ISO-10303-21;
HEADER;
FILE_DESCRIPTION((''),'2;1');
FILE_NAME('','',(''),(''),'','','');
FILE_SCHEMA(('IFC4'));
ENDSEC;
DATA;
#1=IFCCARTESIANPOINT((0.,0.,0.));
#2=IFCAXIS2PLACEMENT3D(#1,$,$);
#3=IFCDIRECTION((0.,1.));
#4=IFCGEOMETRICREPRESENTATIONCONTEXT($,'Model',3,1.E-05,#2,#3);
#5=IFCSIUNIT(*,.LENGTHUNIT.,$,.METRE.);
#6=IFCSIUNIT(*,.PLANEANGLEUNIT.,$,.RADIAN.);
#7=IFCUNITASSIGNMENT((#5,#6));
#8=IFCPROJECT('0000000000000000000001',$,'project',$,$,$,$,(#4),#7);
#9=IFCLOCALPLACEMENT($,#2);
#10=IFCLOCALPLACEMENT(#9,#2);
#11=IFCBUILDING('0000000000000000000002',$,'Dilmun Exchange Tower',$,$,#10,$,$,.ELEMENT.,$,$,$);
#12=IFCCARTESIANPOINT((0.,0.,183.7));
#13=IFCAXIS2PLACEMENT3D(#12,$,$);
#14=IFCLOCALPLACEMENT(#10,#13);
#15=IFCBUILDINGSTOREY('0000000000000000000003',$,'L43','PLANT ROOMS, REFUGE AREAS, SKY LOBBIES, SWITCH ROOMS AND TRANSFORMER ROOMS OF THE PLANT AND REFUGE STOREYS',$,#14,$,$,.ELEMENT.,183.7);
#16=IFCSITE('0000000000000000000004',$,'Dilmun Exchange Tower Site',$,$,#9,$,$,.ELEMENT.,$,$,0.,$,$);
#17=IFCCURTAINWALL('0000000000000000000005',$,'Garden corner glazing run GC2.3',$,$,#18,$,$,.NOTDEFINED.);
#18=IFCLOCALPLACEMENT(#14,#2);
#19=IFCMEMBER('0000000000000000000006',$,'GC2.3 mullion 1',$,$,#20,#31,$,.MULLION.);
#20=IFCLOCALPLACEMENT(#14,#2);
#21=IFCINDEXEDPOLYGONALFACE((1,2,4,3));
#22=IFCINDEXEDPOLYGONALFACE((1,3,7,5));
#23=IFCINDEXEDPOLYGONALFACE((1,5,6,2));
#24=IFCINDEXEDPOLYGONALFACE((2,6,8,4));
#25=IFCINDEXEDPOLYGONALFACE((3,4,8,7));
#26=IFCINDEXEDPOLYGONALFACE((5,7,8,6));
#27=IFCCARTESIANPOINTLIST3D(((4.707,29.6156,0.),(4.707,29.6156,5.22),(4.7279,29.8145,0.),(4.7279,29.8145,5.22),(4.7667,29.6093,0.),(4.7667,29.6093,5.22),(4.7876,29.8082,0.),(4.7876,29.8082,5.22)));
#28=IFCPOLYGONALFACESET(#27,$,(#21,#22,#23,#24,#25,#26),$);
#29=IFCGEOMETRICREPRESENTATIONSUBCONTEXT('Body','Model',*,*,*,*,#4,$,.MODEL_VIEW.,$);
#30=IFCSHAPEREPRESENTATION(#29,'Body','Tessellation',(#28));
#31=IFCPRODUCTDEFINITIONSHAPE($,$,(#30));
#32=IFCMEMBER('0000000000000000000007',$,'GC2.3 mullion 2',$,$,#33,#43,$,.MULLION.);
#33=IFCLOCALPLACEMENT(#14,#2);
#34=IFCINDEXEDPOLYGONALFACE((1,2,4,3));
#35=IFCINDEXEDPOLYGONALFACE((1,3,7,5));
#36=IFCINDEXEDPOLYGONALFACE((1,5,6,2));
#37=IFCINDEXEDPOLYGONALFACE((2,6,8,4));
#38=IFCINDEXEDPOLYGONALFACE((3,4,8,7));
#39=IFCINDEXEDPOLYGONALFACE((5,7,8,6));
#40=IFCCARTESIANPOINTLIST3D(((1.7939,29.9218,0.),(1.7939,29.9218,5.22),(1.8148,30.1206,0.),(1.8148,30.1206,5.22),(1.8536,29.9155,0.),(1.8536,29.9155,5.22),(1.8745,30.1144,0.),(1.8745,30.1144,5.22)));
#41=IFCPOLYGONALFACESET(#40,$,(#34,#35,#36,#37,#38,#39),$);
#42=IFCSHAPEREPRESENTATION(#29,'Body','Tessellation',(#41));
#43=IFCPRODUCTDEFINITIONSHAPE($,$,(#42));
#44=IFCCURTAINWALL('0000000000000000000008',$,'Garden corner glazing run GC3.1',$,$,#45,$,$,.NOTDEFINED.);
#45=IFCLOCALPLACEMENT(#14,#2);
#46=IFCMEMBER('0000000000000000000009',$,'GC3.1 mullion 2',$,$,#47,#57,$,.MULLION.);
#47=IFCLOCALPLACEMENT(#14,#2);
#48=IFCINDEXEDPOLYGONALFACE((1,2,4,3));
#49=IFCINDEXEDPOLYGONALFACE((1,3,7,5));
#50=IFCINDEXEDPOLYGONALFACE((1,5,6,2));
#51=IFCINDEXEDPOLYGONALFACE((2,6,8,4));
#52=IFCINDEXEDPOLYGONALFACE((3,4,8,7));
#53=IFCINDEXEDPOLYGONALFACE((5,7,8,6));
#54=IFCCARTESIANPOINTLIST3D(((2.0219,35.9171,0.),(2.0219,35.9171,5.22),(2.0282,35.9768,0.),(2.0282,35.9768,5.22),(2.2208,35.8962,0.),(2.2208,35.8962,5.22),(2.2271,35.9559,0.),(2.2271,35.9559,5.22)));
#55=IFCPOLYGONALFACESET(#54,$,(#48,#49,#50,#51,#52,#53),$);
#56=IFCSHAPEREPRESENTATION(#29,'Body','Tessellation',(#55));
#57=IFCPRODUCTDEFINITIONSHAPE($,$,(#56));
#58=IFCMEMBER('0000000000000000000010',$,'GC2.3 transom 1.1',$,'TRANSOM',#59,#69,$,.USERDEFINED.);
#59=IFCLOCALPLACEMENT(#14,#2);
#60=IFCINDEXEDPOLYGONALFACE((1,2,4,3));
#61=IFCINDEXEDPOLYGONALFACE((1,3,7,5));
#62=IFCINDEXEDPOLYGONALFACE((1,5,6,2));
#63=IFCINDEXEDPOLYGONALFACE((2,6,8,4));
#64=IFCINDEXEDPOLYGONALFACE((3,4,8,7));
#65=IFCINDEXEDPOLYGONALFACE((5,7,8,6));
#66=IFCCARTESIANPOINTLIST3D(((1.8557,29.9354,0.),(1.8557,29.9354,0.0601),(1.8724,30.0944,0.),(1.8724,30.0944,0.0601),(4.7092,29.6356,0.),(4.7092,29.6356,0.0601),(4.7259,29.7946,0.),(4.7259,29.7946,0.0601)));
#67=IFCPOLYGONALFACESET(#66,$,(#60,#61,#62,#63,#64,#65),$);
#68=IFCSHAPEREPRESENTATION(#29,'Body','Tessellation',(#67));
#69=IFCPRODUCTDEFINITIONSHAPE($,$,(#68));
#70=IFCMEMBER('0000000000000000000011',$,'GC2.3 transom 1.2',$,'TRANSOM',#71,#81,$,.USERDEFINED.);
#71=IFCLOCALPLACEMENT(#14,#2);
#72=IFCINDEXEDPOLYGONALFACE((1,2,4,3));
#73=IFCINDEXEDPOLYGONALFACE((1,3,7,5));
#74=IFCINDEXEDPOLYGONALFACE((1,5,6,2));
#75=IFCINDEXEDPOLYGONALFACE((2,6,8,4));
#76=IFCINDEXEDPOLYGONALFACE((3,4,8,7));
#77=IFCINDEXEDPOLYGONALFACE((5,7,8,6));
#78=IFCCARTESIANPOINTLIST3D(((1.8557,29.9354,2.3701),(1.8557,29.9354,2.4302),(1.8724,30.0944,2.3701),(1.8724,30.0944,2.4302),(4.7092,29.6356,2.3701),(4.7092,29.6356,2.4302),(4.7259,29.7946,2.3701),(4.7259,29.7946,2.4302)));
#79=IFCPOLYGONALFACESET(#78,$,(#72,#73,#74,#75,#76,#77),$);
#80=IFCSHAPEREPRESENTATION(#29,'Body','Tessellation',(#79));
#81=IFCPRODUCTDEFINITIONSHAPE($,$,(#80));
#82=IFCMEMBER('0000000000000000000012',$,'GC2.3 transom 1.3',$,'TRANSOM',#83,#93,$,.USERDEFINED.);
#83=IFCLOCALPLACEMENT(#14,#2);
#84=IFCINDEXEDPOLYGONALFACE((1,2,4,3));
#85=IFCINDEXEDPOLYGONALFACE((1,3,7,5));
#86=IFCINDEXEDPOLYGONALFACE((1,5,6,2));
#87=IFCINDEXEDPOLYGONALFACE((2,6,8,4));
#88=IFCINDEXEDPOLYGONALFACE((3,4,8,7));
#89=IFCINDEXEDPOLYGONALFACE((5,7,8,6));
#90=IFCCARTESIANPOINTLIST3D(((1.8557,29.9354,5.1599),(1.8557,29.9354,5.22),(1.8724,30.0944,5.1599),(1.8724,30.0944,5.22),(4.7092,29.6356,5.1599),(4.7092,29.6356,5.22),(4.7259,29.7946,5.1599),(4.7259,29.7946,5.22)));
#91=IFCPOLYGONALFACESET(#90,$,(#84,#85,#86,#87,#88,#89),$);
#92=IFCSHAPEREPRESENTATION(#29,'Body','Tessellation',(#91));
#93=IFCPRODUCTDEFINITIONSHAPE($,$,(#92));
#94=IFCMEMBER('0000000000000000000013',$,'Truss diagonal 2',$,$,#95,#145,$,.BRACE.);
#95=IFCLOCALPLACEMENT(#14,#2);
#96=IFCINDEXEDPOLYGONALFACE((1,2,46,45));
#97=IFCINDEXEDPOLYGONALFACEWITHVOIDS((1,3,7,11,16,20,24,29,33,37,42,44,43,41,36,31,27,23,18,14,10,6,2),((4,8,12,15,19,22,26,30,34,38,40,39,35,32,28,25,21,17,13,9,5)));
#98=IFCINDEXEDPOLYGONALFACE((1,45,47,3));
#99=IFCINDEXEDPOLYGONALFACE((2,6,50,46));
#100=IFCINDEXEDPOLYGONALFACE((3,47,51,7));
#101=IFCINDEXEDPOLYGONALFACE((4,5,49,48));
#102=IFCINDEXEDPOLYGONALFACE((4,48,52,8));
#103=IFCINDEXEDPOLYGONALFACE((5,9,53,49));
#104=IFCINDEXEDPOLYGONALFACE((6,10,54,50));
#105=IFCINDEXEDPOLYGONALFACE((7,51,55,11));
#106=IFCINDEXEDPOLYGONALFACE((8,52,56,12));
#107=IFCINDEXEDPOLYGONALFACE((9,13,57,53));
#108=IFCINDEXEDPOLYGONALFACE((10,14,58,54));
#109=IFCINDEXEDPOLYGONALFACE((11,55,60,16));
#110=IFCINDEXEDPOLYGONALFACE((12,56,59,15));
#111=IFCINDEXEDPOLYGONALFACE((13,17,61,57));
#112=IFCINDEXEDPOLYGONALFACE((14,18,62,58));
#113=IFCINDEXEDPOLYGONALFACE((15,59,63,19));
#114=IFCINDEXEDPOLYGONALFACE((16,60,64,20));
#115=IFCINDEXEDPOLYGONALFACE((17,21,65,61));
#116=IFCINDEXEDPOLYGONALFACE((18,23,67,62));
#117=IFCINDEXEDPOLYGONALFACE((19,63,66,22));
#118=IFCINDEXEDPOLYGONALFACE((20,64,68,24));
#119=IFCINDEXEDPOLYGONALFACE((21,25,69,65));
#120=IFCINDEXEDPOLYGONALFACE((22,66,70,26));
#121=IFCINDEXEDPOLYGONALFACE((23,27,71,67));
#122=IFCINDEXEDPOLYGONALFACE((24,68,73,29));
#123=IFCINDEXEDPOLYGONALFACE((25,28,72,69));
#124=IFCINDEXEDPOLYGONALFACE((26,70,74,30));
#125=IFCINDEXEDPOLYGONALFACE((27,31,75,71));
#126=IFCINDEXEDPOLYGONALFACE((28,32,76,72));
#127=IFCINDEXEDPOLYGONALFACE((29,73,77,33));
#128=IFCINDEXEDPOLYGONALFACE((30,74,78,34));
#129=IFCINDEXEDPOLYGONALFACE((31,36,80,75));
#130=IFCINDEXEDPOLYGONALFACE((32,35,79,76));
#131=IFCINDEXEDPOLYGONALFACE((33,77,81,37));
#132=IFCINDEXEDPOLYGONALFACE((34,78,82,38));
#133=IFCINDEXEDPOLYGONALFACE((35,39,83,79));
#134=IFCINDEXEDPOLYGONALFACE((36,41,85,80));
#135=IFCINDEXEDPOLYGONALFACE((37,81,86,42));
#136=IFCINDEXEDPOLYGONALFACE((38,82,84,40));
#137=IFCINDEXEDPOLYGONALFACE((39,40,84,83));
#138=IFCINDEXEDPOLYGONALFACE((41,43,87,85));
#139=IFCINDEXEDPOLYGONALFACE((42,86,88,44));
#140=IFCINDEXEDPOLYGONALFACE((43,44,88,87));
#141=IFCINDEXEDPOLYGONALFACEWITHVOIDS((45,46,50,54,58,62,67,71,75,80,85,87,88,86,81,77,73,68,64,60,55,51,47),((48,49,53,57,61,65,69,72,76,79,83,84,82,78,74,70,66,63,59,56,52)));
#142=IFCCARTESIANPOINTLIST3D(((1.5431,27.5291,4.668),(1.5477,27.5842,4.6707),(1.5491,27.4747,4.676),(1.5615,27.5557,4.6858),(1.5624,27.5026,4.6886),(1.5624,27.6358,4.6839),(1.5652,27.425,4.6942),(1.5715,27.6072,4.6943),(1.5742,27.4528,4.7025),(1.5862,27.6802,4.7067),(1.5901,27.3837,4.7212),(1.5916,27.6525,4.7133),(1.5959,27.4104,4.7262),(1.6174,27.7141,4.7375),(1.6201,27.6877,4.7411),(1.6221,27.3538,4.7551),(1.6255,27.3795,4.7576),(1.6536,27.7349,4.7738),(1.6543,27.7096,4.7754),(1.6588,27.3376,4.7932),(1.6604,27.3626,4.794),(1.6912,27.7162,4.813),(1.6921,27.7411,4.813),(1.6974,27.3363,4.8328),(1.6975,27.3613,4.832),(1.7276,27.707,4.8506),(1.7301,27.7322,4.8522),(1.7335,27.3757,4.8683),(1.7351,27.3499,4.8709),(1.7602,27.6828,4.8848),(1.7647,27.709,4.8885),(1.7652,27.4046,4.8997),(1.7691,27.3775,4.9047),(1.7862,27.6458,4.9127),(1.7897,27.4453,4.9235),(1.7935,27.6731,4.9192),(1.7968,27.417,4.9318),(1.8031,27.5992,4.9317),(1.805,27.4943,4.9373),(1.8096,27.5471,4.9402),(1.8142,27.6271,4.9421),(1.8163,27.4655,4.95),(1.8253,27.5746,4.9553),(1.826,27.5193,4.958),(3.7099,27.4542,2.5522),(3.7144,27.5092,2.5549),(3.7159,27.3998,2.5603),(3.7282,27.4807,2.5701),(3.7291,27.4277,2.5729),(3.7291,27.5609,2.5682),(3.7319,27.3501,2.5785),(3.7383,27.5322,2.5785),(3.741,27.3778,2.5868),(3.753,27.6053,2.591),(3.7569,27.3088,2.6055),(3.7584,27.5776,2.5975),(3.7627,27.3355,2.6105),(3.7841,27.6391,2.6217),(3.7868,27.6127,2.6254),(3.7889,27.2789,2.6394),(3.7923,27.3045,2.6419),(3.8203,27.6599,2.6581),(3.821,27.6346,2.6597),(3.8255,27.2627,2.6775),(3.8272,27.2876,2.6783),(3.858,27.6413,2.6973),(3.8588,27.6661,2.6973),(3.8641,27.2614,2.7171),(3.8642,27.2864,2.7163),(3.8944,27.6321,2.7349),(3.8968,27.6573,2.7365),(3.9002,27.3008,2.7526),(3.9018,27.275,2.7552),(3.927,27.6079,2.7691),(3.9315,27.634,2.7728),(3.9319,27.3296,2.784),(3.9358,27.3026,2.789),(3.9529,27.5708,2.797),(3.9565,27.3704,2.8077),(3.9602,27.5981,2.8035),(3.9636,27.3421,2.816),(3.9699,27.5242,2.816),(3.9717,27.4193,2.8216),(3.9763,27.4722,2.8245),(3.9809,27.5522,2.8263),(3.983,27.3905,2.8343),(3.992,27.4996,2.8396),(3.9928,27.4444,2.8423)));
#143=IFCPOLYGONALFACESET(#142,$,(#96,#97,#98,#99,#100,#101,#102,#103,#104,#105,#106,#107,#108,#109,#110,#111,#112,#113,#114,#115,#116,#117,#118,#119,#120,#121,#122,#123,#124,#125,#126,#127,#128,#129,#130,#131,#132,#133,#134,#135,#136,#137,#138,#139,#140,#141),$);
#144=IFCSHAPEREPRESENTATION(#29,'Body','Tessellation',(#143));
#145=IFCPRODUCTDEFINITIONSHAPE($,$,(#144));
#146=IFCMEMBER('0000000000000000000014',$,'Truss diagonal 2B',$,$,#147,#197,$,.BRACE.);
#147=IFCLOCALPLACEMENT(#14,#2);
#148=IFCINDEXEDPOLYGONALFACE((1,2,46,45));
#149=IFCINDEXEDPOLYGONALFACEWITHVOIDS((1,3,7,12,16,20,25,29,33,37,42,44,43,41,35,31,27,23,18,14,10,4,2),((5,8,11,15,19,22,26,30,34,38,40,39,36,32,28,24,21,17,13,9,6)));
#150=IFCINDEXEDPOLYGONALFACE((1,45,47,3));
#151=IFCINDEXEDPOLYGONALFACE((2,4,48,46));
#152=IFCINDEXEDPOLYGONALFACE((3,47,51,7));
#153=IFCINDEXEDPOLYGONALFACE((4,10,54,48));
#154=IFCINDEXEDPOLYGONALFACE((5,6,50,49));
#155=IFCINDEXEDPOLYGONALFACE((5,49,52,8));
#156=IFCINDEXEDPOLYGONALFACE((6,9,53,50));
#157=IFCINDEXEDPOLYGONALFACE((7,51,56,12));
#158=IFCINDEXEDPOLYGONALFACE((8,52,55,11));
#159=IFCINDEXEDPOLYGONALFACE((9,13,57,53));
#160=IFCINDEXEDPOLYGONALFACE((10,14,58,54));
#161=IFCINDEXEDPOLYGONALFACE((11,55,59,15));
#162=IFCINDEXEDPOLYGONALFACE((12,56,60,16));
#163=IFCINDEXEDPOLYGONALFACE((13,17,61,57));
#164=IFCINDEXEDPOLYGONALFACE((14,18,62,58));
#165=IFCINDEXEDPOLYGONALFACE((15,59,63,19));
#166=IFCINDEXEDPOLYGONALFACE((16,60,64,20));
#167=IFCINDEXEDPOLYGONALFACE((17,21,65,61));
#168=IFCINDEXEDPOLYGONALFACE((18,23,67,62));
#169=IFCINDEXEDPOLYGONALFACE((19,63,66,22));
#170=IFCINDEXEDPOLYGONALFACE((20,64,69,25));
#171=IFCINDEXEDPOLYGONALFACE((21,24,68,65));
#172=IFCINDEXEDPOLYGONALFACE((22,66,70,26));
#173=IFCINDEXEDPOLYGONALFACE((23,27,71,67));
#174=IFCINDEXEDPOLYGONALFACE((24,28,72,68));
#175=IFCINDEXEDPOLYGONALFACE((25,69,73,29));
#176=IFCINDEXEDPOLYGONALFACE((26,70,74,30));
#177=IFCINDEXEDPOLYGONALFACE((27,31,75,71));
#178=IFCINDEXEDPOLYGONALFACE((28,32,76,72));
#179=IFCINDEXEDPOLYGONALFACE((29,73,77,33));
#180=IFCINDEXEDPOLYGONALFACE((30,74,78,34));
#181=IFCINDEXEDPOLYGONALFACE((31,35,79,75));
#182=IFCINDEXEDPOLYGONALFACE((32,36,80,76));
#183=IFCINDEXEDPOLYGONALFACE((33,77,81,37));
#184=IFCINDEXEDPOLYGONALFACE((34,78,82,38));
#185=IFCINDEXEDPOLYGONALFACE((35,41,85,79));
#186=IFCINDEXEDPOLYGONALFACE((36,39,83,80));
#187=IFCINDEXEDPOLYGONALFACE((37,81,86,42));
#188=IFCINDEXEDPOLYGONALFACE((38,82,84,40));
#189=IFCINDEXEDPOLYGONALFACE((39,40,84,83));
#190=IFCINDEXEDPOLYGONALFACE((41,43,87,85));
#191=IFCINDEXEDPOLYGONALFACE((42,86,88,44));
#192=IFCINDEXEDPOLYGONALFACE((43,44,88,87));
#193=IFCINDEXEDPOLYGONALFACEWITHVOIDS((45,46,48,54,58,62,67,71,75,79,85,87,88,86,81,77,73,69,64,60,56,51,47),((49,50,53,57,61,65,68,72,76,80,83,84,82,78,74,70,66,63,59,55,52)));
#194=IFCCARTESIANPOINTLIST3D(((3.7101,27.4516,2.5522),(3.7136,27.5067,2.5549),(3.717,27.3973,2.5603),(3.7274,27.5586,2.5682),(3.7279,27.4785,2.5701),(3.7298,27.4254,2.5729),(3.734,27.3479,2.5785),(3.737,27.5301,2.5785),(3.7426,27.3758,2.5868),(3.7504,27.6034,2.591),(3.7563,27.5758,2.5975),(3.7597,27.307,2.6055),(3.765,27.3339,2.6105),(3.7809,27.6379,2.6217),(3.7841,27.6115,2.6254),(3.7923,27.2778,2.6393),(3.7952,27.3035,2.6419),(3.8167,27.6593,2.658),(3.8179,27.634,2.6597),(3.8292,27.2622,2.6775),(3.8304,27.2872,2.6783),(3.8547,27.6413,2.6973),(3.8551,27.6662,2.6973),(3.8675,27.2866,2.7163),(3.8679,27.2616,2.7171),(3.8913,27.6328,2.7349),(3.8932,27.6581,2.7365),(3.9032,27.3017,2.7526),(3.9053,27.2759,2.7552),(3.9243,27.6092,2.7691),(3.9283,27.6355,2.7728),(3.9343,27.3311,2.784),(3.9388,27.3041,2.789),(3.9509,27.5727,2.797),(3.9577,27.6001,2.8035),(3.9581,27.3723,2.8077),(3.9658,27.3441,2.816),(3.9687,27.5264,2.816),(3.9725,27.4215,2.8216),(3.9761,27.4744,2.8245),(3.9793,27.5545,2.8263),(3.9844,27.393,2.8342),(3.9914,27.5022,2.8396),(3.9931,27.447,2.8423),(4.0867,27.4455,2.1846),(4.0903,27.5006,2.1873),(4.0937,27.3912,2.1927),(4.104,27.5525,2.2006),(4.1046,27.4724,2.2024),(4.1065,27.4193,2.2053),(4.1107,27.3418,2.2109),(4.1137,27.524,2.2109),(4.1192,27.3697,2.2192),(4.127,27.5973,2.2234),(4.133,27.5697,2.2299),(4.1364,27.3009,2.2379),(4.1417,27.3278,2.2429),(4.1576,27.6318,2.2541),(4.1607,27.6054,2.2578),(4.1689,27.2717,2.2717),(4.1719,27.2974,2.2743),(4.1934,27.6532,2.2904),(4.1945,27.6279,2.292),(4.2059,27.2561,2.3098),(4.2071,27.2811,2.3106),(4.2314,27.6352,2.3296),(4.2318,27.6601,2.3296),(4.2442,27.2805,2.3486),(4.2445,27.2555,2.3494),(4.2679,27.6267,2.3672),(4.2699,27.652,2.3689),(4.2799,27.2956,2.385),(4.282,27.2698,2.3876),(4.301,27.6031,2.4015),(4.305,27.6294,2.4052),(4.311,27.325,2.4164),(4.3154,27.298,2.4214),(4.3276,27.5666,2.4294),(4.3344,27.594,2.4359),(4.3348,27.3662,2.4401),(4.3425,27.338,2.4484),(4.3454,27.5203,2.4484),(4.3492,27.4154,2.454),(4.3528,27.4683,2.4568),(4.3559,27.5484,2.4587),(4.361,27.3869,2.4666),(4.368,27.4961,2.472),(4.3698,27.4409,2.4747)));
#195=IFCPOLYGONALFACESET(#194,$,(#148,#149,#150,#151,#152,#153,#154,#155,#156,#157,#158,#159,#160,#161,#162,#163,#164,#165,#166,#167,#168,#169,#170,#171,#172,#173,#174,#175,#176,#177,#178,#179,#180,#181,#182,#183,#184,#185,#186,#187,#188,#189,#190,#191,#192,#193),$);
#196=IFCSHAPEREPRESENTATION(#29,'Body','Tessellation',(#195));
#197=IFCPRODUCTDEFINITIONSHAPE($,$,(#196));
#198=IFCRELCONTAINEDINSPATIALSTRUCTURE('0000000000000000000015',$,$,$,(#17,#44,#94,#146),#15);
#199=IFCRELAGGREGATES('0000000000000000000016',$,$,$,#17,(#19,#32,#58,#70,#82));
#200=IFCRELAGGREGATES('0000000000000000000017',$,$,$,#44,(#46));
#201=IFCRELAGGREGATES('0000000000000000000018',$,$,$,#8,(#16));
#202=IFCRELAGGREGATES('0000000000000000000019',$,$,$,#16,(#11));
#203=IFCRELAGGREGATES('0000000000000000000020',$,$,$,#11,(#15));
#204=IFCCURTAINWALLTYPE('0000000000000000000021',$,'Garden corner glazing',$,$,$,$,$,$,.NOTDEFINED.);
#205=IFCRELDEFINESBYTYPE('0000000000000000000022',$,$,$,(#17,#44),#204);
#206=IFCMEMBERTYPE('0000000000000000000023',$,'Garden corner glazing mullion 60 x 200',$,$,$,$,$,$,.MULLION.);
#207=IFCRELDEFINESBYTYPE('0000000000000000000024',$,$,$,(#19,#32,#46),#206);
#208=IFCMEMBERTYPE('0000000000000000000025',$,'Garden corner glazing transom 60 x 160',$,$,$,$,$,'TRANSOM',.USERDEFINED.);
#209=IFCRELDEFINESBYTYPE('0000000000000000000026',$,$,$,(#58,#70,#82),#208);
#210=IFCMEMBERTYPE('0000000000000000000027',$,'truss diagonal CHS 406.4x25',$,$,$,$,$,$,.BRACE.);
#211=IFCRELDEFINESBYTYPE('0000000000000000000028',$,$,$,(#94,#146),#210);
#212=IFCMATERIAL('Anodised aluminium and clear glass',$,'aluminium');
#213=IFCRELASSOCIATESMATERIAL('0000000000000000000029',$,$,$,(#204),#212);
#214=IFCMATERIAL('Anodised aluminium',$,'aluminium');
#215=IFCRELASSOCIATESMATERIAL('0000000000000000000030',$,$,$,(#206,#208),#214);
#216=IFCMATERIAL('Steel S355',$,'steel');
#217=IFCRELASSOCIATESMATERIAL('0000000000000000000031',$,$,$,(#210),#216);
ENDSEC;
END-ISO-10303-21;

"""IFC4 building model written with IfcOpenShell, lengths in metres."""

from ifc_helpers import new_model, si_unit, direction, frame, origin, origin_2d, place, context, subcontext, project, spatial, rectangle, hollow_circle, extrude, material, material_profile, profile_set, type_object, element, aggregate, save


model = new_model("IFC4")

# Units and contexts
model_context = context("Model", 3, precision=1e-05, world=origin(), true_north=direction((0.0, 1.0)))
body_context = subcontext(model_context, "Body", "Model", "MODEL_VIEW")
ifc_project = project(units=[si_unit("LENGTHUNIT", "METRE"), si_unit("PLANEANGLEUNIT", "RADIAN")], contexts=[model_context])

# Site, building, storey
site_placement = place(None, origin())
site = spatial("IfcSite", under=ifc_project, at=site_placement, Name="Dilmun Exchange Tower Site", CompositionType="ELEMENT", RefElevation=0.0)
building_placement = place(site_placement, origin())
building = spatial("IfcBuilding", under=site, at=building_placement, Name="Dilmun Exchange Tower", CompositionType="ELEMENT")
storey_placement = place(building_placement, frame((0.0, 0.0, 183.7)))
storey = spatial("IfcBuildingStorey", under=building, at=storey_placement, Name="L43", Description="PLANT ROOMS, REFUGE AREAS, SKY LOBBIES, SWITCH ROOMS AND TRANSFORMER ROOMS OF THE PLANT AND REFUGE STOREYS", CompositionType="ELEMENT", Elevation=183.7)

# Curtain wall, members
ifc_material_1 = material(Name="Anodised aluminium and clear glass", Category="aluminium")
curtain_wall_type = type_object("IfcCurtainWallType", Name="Garden corner glazing", PredefinedType="NOTDEFINED", material=ifc_material_1)
curtain_wall_1_placement = place(storey_placement, origin())
curtain_wall_1 = element("IfcCurtainWall", 1, at=curtain_wall_1_placement, inside=storey, type_object=curtain_wall_type, Name="Garden corner glazing run GC2.3", PredefinedType="NOTDEFINED")
ifc_material_2 = material(Name="Anodised aluminium", Category="aluminium")
ifc_material_profile_1 = material_profile(ifc_material_2, rectangle(XDim=0.2, YDim=0.0601, at=origin_2d()), Name="AL 60x200")
ifc_profile_set_1 = profile_set([ifc_material_profile_1], Name="Anodised aluminium")
member_type_1 = type_object("IfcMemberType", Name="Garden corner glazing mullion 60 x 200", PredefinedType="MULLION", material=ifc_profile_set_1)
member_1_placement = place(storey_placement, frame((4.7473, 29.7119, 0.0), z_axis=(0.0, 0.0, 1.0), x_axis=(-0.104511, -0.994524, 0.0)))
member_1 = element("IfcMember", 2, at=member_1_placement, type_object=member_type_1, Name="GC2.3 mullion 1", PredefinedType="MULLION", context=body_context, shape_type="SweptSolid", body=[
    extrude(rectangle(XDim=0.2, YDim=0.0601, at=origin_2d()), origin(), (0.0, 0.0, 1.0), 5.22),
])
member_2_placement = place(storey_placement, frame((1.8342, 30.0181, 0.0), z_axis=(0.0, 0.0, 1.0), x_axis=(-0.104511, -0.994524, 0.0)))
member_2 = element("IfcMember", 3, at=member_2_placement, type_object=member_type_1, Name="GC2.3 mullion 2", PredefinedType="MULLION", context=body_context, shape_type="SweptSolid", body=[
    extrude(rectangle(XDim=0.2, YDim=0.0601, at=origin_2d()), origin(), (0.0, 0.0, 1.0), 5.22),
])

# Curtain wall, member
curtain_wall_2_placement = place(storey_placement, origin())
curtain_wall_2 = element("IfcCurtainWall", 4, at=curtain_wall_2_placement, inside=storey, type_object=curtain_wall_type, Name="Garden corner glazing run GC3.1", PredefinedType="NOTDEFINED")
member_3_placement = place(storey_placement, frame((2.1245, 35.9365, 0.0), z_axis=(0.0, 0.0, 1.0), x_axis=(-0.994521, 0.104538, 0.0)))
member_3 = element("IfcMember", 5, at=member_3_placement, type_object=member_type_1, Name="GC3.1 mullion 2", PredefinedType="MULLION", context=body_context, shape_type="SweptSolid", body=[
    extrude(rectangle(XDim=0.2, YDim=0.0601, at=origin_2d()), origin(), (0.0, 0.0, 1.0), 5.22),
])

# Members
ifc_material_profile_2 = material_profile(ifc_material_2, rectangle(XDim=0.1599, YDim=0.0601, at=origin_2d()), Name="AL 60x160")
ifc_profile_set_2 = profile_set([ifc_material_profile_2], Name="Anodised aluminium")
member_type_2 = type_object("IfcMemberType", Name="Garden corner glazing transom 60 x 160", ElementType="TRANSOM", PredefinedType="USERDEFINED", material=ifc_profile_set_2)
member_4_placement = place(storey_placement, frame((4.7175, 29.7151, 0.03), z_axis=(-0.994526, 0.10449, 0.0), x_axis=(-0.10449, -0.994526, 0.0)))
member_4 = element("IfcMember", 6, at=member_4_placement, type_object=member_type_2, Name="GC2.3 transom 1.1", ObjectType="TRANSOM", PredefinedType="USERDEFINED", context=body_context, shape_type="SweptSolid", body=[
    extrude(rectangle(XDim=0.1599, YDim=0.0601, at=origin_2d()), origin(), (0.0, 0.0, 1.0), 2.8691),
])
member_5_placement = place(storey_placement, frame((4.7175, 29.7151, 2.4001), z_axis=(-0.994526, 0.10449, 0.0), x_axis=(-0.10449, -0.994526, 0.0)))
member_5 = element("IfcMember", 7, at=member_5_placement, type_object=member_type_2, Name="GC2.3 transom 1.2", ObjectType="TRANSOM", PredefinedType="USERDEFINED", context=body_context, shape_type="SweptSolid", body=[
    extrude(rectangle(XDim=0.1599, YDim=0.0601, at=origin_2d()), origin(), (0.0, 0.0, 1.0), 2.8691),
])
member_6_placement = place(storey_placement, frame((4.7175, 29.7151, 5.1899), z_axis=(-0.994526, 0.10449, 0.0), x_axis=(-0.10449, -0.994526, 0.0)))
member_6 = element("IfcMember", 8, at=member_6_placement, type_object=member_type_2, Name="GC2.3 transom 1.3", ObjectType="TRANSOM", PredefinedType="USERDEFINED", context=body_context, shape_type="SweptSolid", body=[
    extrude(rectangle(XDim=0.1599, YDim=0.0601, at=origin_2d()), origin(), (0.0, 0.0, 1.0), 2.8691),
])

# Members
ifc_material_3 = material(Name="Steel S355", Category="steel")
ifc_material_profile_3 = material_profile(ifc_material_3, hollow_circle(Radius=0.2031, WallThickness=0.0249, at=origin_2d()), Name="CHS 406.4x25")
ifc_profile_set_3 = profile_set([ifc_material_profile_3], Name="Steel S355")
member_type_3 = type_object("IfcMemberType", Name="truss diagonal CHS 406.4x25", PredefinedType="BRACE", material=ifc_profile_set_3)
member_7_placement = place(storey_placement, frame((1.6851, 27.5381, 4.813), z_axis=(0.715262, -0.024742, -0.698418), x_axis=(0.034571, 0.999402, 0.0)))
element("IfcMember", 9, at=member_7_placement, inside=storey, type_object=member_type_3, Name="Truss diagonal 2", PredefinedType="BRACE", context=body_context, shape_type="SweptSolid", body=[
    extrude(hollow_circle(Radius=0.2031, WallThickness=0.0249, at=origin_2d()), origin(), (0.0, 0.0, 1.0), 3.0293),
])
member_8_placement = place(storey_placement, frame((3.8518, 27.4631, 2.6973), z_axis=(0.715587, -0.011594, -0.698428), x_axis=(0.0162, 0.999869, 0.0)))
element("IfcMember", 10, at=member_8_placement, inside=storey, type_object=member_type_3, Name="Truss diagonal 2B", PredefinedType="BRACE", context=body_context, shape_type="SweptSolid", body=[
    extrude(hollow_circle(Radius=0.2031, WallThickness=0.0249, at=origin_2d()), origin(), (0.0, 0.0, 1.0), 0.5264),
])

aggregate(curtain_wall_1, [member_1, member_2, member_4, member_5, member_6])
aggregate(curtain_wall_2, [member_3])

save(model, "model.ifc")
